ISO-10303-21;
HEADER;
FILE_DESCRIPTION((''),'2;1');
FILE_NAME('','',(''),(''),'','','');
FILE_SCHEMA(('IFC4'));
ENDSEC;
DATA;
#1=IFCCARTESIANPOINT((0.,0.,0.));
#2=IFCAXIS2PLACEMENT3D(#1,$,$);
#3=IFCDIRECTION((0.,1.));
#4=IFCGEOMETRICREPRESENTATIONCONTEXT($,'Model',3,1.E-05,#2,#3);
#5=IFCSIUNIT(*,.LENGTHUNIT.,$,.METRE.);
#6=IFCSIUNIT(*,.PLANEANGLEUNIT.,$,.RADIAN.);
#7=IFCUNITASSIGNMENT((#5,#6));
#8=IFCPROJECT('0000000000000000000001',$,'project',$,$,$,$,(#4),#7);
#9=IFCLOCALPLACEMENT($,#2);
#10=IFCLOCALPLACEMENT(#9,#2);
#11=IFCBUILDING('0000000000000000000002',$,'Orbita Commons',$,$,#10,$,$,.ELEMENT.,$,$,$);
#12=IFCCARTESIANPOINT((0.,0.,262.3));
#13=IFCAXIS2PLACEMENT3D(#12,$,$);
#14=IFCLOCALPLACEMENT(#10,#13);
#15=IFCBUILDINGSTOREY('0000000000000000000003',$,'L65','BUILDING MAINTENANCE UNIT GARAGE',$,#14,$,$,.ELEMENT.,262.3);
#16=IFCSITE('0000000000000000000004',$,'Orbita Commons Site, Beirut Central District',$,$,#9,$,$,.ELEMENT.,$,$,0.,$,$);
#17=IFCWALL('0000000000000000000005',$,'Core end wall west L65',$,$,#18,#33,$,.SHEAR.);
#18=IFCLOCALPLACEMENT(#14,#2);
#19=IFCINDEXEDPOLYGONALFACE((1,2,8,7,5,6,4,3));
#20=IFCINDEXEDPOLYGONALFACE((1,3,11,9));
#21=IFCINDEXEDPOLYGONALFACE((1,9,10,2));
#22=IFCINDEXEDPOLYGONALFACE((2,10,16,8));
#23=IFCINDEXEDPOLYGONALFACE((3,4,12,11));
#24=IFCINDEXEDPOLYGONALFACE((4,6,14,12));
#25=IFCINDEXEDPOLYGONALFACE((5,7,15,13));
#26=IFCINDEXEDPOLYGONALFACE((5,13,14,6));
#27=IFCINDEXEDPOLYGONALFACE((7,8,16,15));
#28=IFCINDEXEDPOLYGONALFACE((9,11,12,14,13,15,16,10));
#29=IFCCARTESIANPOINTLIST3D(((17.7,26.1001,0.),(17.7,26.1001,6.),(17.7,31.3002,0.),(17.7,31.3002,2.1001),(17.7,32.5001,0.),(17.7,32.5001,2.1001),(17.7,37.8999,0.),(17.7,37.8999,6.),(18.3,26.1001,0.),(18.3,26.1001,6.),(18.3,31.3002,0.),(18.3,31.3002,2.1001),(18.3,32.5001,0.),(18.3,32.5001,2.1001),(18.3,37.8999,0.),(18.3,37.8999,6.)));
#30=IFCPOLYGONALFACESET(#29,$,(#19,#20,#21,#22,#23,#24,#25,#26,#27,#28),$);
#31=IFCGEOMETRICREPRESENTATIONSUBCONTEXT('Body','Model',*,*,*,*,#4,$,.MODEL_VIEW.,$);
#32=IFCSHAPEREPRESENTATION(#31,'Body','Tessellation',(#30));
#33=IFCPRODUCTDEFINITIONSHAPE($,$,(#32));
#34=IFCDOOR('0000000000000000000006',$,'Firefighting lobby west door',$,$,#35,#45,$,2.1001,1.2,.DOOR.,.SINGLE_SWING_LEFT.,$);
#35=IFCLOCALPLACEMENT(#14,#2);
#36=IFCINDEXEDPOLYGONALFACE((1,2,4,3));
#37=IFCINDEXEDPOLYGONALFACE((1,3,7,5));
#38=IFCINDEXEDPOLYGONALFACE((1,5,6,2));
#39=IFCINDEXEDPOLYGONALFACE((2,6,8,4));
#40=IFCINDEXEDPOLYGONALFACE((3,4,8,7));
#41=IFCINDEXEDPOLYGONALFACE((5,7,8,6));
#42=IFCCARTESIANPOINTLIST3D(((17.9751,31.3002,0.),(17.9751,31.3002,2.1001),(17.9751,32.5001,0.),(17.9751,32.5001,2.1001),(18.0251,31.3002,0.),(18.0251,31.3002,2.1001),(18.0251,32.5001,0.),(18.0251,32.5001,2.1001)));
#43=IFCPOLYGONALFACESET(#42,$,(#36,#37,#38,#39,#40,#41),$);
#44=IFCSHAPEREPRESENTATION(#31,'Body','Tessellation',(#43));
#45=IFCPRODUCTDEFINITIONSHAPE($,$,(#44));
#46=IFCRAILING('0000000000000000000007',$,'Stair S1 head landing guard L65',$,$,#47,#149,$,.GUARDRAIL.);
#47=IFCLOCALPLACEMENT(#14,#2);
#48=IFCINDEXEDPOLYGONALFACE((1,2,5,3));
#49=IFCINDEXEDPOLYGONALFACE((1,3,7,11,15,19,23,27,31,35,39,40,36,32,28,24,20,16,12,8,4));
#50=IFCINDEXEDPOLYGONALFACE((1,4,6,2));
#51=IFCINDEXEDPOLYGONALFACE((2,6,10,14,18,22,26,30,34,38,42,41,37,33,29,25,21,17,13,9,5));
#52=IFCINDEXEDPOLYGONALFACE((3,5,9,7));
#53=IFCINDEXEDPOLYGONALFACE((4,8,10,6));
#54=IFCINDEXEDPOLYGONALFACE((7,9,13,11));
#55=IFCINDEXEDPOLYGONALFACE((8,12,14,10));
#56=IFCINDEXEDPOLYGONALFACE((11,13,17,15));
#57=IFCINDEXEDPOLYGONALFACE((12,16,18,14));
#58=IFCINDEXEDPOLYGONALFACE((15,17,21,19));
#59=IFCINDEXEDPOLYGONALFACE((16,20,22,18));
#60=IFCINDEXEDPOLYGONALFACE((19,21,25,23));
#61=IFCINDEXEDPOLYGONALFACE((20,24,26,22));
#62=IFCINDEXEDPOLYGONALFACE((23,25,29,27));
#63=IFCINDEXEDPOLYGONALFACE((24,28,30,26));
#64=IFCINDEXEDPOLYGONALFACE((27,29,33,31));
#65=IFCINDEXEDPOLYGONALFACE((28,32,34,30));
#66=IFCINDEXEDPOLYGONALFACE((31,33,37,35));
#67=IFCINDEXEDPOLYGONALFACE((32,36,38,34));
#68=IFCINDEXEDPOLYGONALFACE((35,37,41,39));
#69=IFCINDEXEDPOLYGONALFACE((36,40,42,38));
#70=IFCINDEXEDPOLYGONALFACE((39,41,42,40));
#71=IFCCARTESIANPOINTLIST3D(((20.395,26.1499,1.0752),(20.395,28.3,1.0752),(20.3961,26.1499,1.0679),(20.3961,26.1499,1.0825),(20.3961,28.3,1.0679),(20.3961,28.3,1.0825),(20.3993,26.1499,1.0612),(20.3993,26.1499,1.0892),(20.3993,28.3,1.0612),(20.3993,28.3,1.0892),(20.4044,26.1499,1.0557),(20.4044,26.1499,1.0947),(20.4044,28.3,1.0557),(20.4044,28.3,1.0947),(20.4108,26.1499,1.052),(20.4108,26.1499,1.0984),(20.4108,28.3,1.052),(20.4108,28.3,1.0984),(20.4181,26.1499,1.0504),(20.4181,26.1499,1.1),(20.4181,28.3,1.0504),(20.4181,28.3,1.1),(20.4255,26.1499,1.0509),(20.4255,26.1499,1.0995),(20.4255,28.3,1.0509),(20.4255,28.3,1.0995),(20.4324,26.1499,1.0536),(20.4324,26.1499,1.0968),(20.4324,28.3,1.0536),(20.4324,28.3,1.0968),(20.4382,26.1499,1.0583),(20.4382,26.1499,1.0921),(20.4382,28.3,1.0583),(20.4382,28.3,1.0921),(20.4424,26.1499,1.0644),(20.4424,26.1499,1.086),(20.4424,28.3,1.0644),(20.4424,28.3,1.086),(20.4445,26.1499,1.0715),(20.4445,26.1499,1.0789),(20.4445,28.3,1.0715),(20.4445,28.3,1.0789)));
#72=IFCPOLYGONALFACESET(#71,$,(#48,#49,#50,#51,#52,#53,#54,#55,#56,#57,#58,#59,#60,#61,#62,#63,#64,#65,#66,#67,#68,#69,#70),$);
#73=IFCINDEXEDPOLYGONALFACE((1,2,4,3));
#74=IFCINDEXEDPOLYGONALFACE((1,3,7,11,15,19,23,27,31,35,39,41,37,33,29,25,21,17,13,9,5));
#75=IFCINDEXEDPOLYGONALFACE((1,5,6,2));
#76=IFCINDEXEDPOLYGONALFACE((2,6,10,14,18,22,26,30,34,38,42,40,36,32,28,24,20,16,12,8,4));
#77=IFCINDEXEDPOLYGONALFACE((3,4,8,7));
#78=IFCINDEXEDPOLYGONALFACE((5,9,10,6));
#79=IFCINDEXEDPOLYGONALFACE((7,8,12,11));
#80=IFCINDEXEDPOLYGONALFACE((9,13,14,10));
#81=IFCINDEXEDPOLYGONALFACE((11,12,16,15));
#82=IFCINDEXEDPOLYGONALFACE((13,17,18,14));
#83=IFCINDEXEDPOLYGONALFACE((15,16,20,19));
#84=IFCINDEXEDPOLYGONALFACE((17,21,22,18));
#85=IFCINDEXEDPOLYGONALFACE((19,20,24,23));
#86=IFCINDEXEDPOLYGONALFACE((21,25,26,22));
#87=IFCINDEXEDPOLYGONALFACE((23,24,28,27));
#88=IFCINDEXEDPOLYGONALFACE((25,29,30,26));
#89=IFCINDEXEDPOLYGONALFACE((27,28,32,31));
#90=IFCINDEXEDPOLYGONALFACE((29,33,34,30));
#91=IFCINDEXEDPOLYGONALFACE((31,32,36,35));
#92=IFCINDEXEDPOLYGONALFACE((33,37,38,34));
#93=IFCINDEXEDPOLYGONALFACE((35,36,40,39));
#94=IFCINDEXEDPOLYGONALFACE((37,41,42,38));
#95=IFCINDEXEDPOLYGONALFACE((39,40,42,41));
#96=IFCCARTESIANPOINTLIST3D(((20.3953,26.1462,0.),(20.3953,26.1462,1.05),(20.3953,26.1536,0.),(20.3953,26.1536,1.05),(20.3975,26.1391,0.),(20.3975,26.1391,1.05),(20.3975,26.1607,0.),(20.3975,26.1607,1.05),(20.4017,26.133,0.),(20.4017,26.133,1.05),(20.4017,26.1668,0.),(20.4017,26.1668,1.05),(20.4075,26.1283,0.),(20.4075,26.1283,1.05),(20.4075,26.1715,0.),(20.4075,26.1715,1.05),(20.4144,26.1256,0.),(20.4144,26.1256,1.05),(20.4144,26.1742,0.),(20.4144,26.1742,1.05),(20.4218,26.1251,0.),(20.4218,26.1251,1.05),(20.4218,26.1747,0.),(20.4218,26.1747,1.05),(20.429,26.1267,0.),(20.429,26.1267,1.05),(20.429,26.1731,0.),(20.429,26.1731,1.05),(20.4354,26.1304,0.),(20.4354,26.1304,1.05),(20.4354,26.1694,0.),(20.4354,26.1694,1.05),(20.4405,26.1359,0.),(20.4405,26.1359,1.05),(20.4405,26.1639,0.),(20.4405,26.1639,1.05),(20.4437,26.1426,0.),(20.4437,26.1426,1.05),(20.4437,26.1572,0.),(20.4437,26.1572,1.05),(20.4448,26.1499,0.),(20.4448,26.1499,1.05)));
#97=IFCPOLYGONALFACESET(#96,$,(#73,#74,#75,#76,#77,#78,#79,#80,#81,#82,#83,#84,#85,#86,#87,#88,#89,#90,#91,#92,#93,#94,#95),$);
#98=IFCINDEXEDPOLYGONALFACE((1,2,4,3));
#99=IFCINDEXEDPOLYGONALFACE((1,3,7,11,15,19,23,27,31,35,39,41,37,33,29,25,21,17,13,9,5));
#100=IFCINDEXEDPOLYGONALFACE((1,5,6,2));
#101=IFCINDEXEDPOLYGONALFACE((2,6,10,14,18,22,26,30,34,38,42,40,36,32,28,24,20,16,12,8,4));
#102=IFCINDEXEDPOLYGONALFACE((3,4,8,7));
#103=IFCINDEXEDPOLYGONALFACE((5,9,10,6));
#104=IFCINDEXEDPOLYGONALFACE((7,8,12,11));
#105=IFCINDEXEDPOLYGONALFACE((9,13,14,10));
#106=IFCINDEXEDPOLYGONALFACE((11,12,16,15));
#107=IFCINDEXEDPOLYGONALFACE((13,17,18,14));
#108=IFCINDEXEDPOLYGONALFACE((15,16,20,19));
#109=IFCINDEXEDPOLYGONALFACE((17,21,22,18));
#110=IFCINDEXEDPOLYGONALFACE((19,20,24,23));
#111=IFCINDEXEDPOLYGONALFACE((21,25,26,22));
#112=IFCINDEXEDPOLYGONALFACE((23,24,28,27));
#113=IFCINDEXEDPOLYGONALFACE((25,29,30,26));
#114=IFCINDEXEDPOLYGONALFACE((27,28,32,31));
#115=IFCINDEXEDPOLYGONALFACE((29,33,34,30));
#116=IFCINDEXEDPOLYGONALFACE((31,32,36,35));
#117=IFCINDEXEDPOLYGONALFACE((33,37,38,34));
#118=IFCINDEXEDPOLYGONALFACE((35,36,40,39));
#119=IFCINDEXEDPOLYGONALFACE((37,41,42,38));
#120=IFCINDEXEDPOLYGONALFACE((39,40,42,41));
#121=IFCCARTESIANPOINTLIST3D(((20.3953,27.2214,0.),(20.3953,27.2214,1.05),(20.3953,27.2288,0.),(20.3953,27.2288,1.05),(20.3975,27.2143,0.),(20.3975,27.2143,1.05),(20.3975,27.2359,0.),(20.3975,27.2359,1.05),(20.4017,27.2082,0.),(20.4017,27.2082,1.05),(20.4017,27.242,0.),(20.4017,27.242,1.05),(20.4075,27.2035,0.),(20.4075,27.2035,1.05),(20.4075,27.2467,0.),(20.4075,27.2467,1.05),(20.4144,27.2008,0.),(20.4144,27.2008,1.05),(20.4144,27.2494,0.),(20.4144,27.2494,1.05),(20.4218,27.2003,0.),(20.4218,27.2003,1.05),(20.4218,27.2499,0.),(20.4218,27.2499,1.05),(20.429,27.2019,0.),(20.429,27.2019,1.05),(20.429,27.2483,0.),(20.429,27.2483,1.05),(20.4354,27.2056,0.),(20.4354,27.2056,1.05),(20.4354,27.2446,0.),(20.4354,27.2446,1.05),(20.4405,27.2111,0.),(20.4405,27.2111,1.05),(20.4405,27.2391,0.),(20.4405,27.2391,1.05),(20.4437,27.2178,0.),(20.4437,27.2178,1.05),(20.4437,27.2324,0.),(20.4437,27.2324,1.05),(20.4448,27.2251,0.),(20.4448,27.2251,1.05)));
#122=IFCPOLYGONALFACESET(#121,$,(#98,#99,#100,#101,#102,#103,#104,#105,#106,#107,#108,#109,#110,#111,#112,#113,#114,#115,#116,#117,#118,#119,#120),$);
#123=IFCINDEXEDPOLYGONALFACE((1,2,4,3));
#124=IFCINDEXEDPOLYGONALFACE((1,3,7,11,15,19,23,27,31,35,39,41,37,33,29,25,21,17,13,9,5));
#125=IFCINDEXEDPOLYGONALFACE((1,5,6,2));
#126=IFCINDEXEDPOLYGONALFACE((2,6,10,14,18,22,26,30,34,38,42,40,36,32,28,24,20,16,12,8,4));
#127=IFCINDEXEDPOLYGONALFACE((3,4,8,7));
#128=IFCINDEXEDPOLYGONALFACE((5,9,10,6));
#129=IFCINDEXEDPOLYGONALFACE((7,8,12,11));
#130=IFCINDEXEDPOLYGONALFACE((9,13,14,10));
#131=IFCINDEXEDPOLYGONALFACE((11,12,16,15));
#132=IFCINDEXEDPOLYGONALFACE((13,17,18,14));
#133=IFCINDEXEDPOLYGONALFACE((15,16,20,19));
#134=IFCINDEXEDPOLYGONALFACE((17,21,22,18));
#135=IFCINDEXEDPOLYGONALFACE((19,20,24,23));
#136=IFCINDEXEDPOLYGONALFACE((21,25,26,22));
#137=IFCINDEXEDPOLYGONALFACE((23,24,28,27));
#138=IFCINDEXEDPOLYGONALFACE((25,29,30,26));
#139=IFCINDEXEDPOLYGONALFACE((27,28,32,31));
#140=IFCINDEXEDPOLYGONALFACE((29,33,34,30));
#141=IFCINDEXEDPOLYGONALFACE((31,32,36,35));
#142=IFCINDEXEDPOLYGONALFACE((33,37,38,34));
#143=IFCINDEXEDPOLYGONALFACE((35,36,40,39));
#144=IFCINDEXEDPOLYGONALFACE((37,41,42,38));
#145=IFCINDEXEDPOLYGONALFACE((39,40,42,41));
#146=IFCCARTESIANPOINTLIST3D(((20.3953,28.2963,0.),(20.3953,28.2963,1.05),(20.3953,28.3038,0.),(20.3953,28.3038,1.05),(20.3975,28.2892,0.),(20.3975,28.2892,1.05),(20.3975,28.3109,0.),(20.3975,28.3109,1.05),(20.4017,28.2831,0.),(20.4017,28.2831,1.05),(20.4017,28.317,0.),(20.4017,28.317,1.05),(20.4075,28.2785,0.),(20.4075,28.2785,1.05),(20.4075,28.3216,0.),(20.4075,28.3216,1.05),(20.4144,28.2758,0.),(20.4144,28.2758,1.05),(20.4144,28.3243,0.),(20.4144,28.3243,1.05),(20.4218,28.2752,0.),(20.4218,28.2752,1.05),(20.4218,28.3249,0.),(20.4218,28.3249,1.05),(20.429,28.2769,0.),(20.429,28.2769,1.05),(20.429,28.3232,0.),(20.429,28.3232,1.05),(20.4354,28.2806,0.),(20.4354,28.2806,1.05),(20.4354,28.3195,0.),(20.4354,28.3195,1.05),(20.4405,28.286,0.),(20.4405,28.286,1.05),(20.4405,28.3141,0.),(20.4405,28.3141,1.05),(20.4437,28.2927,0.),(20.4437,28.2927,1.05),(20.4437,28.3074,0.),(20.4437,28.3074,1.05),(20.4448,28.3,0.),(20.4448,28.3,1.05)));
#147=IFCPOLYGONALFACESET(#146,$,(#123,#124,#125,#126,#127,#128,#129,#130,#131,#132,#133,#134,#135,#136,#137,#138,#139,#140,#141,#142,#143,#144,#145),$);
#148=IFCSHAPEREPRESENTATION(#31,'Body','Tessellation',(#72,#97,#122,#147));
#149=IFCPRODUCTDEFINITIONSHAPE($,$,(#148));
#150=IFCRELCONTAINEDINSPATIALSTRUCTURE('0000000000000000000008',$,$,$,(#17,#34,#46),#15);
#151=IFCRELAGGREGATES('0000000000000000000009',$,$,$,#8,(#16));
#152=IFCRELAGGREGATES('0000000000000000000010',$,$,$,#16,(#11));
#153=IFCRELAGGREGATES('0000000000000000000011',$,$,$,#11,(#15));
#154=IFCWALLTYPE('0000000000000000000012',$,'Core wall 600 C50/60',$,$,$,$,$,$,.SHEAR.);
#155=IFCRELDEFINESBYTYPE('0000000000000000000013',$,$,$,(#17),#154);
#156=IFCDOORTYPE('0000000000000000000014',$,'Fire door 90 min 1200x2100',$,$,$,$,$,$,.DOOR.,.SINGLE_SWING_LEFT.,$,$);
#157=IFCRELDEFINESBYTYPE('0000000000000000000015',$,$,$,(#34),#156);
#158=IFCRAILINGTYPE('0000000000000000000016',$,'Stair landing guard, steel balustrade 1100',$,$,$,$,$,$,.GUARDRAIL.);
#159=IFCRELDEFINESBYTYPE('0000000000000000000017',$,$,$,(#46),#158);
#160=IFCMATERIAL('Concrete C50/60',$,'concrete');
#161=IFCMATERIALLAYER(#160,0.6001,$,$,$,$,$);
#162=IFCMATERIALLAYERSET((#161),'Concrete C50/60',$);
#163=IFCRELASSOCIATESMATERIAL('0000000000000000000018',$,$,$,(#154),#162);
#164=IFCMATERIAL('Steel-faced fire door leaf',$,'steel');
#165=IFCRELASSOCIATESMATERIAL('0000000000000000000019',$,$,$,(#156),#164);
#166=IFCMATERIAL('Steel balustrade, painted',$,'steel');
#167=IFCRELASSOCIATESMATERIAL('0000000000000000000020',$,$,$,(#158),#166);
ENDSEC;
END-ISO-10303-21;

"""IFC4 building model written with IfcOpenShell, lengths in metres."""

from ifc_helpers import new_model, si_unit, direction, frame, frame_2d, origin, origin_2d, place, context, subcontext, project, spatial, rectangle, circle, extrude, material, layer, layer_set, type_object, element, fill, save


model = new_model("IFC4")

# Units and contexts
model_context = context("Model", 3, precision=1e-05, world=origin(), true_north=direction((0.0, 1.0)))
body_context = subcontext(model_context, "Body", "Model", "MODEL_VIEW")
ifc_project = project(units=[si_unit("LENGTHUNIT", "METRE"), si_unit("PLANEANGLEUNIT", "RADIAN")], contexts=[model_context])

# Site, building, storey
site_placement = place(None, origin())
site = spatial("IfcSite", under=ifc_project, at=site_placement, Name="Orbita Commons Site, Beirut Central District", CompositionType="ELEMENT", RefElevation=0.0)
building_placement = place(site_placement, origin())
building = spatial("IfcBuilding", under=site, at=building_placement, Name="Orbita Commons", CompositionType="ELEMENT")
storey_placement = place(building_placement, frame((0.0, 0.0, 262.3)))
storey = spatial("IfcBuildingStorey", under=building, at=storey_placement, Name="L65", Description="BUILDING MAINTENANCE UNIT GARAGE", CompositionType="ELEMENT", Elevation=262.3)

# Shared definitions
ifc_material_1 = material(Name="Concrete C50/60", Category="concrete")
ifc_layer_1 = layer(ifc_material_1, 0.6001)
ifc_layer_set_1 = layer_set([ifc_layer_1], Name="Concrete C50/60")
wall_type_1 = type_object("IfcWallType", Name="Core wall 600 C50/60", PredefinedType="SHEAR", material=ifc_layer_set_1)

# Wall, opening, door
wall_1_placement = place(storey_placement, frame((18.0, 26.1001, 0.0), z_axis=(0.0, 0.0, 1.0), x_axis=(0.0, 1.0, 0.0)))
wall_1 = element("IfcWall", 1, at=wall_1_placement, inside=storey, type_object=wall_type_1, Name="Core end wall west L65", PredefinedType="SHEAR", context=body_context, shape_type="SweptSolid", body=[
    extrude(rectangle(XDim=11.7998, YDim=0.6001, at=frame_2d((5.8999, 0.0))), origin(), (0.0, 0.0, 1.0), 6.0),
])
opening_1_placement = place(wall_1_placement, frame((5.2, 0.0, 0.0)))
opening_1 = element("IfcOpeningElement", 2, at=opening_1_placement, cuts=wall_1, PredefinedType="OPENING", context=body_context, shape_type="SweptSolid", body=[
    extrude(rectangle(XDim=1.2, YDim=2.1001, at=frame_2d((0.6001, 1.05))), frame((0.0, 0.3101, 0.0), z_axis=(0.0, -1.0, 0.0), x_axis=(1.0, 0.0, 0.0)), (0.0, 0.0, 1.0), 0.6201),
])
ifc_material_2 = material(Name="Steel-faced fire door leaf", Category="steel")
door_type_1 = type_object("IfcDoorType", Name="Fire door 90 min 1200x2100", OperationType="SINGLE_SWING_LEFT", PredefinedType="DOOR", material=ifc_material_2)
door_1_placement = place(opening_1_placement, origin())
door_1 = element("IfcDoor", 3, at=door_1_placement, inside=storey, type_object=door_type_1, Name="Firefighting lobby west door", OperationType="SINGLE_SWING_LEFT", OverallHeight=2.1001, OverallWidth=1.2, PredefinedType="DOOR", context=body_context, shape_type="SweptSolid", body=[
    extrude(rectangle(XDim=1.2, YDim=2.1001, at=frame_2d((0.6001, 1.05))), frame((0.0, 0.0249, 0.0), z_axis=(0.0, -1.0, 0.0), x_axis=(1.0, 0.0, 0.0)), (0.0, 0.0, 1.0), 0.05),
])
fill(opening_1, door_1)

# Railing
ifc_material_3 = material(Name="Steel balustrade, painted", Category="steel")
railing_type = type_object("IfcRailingType", Name="Stair landing guard, steel balustrade 1100", PredefinedType="GUARDRAIL", material=ifc_material_3)
railing_placement = place(storey_placement, frame((20.4199, 26.1499, 0.0)))
element("IfcRailing", 4, at=railing_placement, inside=storey, type_object=railing_type, Name="Stair S1 head landing guard L65", PredefinedType="GUARDRAIL", context=body_context, shape_type="SweptSolid", body=[
    extrude(circle(Radius=0.0249, at=origin_2d()), frame((0.0, 0.0, 1.0752), z_axis=(0.0, 1.0, 0.0), x_axis=(-1.0, 0.0, 0.0)), (0.0, 0.0, 1.0), 2.1501),
    extrude(circle(Radius=0.0249, at=origin_2d()), origin(), (0.0, 0.0, 1.0), 1.05),
    extrude(circle(Radius=0.0249, at=origin_2d()), frame((0.0, 1.0752, 0.0)), (0.0, 0.0, 1.0), 1.05),
    extrude(circle(Radius=0.0249, at=origin_2d()), frame((0.0, 2.1501, 0.0)), (0.0, 0.0, 1.0), 1.05),
])

save(model, "model.ifc")
